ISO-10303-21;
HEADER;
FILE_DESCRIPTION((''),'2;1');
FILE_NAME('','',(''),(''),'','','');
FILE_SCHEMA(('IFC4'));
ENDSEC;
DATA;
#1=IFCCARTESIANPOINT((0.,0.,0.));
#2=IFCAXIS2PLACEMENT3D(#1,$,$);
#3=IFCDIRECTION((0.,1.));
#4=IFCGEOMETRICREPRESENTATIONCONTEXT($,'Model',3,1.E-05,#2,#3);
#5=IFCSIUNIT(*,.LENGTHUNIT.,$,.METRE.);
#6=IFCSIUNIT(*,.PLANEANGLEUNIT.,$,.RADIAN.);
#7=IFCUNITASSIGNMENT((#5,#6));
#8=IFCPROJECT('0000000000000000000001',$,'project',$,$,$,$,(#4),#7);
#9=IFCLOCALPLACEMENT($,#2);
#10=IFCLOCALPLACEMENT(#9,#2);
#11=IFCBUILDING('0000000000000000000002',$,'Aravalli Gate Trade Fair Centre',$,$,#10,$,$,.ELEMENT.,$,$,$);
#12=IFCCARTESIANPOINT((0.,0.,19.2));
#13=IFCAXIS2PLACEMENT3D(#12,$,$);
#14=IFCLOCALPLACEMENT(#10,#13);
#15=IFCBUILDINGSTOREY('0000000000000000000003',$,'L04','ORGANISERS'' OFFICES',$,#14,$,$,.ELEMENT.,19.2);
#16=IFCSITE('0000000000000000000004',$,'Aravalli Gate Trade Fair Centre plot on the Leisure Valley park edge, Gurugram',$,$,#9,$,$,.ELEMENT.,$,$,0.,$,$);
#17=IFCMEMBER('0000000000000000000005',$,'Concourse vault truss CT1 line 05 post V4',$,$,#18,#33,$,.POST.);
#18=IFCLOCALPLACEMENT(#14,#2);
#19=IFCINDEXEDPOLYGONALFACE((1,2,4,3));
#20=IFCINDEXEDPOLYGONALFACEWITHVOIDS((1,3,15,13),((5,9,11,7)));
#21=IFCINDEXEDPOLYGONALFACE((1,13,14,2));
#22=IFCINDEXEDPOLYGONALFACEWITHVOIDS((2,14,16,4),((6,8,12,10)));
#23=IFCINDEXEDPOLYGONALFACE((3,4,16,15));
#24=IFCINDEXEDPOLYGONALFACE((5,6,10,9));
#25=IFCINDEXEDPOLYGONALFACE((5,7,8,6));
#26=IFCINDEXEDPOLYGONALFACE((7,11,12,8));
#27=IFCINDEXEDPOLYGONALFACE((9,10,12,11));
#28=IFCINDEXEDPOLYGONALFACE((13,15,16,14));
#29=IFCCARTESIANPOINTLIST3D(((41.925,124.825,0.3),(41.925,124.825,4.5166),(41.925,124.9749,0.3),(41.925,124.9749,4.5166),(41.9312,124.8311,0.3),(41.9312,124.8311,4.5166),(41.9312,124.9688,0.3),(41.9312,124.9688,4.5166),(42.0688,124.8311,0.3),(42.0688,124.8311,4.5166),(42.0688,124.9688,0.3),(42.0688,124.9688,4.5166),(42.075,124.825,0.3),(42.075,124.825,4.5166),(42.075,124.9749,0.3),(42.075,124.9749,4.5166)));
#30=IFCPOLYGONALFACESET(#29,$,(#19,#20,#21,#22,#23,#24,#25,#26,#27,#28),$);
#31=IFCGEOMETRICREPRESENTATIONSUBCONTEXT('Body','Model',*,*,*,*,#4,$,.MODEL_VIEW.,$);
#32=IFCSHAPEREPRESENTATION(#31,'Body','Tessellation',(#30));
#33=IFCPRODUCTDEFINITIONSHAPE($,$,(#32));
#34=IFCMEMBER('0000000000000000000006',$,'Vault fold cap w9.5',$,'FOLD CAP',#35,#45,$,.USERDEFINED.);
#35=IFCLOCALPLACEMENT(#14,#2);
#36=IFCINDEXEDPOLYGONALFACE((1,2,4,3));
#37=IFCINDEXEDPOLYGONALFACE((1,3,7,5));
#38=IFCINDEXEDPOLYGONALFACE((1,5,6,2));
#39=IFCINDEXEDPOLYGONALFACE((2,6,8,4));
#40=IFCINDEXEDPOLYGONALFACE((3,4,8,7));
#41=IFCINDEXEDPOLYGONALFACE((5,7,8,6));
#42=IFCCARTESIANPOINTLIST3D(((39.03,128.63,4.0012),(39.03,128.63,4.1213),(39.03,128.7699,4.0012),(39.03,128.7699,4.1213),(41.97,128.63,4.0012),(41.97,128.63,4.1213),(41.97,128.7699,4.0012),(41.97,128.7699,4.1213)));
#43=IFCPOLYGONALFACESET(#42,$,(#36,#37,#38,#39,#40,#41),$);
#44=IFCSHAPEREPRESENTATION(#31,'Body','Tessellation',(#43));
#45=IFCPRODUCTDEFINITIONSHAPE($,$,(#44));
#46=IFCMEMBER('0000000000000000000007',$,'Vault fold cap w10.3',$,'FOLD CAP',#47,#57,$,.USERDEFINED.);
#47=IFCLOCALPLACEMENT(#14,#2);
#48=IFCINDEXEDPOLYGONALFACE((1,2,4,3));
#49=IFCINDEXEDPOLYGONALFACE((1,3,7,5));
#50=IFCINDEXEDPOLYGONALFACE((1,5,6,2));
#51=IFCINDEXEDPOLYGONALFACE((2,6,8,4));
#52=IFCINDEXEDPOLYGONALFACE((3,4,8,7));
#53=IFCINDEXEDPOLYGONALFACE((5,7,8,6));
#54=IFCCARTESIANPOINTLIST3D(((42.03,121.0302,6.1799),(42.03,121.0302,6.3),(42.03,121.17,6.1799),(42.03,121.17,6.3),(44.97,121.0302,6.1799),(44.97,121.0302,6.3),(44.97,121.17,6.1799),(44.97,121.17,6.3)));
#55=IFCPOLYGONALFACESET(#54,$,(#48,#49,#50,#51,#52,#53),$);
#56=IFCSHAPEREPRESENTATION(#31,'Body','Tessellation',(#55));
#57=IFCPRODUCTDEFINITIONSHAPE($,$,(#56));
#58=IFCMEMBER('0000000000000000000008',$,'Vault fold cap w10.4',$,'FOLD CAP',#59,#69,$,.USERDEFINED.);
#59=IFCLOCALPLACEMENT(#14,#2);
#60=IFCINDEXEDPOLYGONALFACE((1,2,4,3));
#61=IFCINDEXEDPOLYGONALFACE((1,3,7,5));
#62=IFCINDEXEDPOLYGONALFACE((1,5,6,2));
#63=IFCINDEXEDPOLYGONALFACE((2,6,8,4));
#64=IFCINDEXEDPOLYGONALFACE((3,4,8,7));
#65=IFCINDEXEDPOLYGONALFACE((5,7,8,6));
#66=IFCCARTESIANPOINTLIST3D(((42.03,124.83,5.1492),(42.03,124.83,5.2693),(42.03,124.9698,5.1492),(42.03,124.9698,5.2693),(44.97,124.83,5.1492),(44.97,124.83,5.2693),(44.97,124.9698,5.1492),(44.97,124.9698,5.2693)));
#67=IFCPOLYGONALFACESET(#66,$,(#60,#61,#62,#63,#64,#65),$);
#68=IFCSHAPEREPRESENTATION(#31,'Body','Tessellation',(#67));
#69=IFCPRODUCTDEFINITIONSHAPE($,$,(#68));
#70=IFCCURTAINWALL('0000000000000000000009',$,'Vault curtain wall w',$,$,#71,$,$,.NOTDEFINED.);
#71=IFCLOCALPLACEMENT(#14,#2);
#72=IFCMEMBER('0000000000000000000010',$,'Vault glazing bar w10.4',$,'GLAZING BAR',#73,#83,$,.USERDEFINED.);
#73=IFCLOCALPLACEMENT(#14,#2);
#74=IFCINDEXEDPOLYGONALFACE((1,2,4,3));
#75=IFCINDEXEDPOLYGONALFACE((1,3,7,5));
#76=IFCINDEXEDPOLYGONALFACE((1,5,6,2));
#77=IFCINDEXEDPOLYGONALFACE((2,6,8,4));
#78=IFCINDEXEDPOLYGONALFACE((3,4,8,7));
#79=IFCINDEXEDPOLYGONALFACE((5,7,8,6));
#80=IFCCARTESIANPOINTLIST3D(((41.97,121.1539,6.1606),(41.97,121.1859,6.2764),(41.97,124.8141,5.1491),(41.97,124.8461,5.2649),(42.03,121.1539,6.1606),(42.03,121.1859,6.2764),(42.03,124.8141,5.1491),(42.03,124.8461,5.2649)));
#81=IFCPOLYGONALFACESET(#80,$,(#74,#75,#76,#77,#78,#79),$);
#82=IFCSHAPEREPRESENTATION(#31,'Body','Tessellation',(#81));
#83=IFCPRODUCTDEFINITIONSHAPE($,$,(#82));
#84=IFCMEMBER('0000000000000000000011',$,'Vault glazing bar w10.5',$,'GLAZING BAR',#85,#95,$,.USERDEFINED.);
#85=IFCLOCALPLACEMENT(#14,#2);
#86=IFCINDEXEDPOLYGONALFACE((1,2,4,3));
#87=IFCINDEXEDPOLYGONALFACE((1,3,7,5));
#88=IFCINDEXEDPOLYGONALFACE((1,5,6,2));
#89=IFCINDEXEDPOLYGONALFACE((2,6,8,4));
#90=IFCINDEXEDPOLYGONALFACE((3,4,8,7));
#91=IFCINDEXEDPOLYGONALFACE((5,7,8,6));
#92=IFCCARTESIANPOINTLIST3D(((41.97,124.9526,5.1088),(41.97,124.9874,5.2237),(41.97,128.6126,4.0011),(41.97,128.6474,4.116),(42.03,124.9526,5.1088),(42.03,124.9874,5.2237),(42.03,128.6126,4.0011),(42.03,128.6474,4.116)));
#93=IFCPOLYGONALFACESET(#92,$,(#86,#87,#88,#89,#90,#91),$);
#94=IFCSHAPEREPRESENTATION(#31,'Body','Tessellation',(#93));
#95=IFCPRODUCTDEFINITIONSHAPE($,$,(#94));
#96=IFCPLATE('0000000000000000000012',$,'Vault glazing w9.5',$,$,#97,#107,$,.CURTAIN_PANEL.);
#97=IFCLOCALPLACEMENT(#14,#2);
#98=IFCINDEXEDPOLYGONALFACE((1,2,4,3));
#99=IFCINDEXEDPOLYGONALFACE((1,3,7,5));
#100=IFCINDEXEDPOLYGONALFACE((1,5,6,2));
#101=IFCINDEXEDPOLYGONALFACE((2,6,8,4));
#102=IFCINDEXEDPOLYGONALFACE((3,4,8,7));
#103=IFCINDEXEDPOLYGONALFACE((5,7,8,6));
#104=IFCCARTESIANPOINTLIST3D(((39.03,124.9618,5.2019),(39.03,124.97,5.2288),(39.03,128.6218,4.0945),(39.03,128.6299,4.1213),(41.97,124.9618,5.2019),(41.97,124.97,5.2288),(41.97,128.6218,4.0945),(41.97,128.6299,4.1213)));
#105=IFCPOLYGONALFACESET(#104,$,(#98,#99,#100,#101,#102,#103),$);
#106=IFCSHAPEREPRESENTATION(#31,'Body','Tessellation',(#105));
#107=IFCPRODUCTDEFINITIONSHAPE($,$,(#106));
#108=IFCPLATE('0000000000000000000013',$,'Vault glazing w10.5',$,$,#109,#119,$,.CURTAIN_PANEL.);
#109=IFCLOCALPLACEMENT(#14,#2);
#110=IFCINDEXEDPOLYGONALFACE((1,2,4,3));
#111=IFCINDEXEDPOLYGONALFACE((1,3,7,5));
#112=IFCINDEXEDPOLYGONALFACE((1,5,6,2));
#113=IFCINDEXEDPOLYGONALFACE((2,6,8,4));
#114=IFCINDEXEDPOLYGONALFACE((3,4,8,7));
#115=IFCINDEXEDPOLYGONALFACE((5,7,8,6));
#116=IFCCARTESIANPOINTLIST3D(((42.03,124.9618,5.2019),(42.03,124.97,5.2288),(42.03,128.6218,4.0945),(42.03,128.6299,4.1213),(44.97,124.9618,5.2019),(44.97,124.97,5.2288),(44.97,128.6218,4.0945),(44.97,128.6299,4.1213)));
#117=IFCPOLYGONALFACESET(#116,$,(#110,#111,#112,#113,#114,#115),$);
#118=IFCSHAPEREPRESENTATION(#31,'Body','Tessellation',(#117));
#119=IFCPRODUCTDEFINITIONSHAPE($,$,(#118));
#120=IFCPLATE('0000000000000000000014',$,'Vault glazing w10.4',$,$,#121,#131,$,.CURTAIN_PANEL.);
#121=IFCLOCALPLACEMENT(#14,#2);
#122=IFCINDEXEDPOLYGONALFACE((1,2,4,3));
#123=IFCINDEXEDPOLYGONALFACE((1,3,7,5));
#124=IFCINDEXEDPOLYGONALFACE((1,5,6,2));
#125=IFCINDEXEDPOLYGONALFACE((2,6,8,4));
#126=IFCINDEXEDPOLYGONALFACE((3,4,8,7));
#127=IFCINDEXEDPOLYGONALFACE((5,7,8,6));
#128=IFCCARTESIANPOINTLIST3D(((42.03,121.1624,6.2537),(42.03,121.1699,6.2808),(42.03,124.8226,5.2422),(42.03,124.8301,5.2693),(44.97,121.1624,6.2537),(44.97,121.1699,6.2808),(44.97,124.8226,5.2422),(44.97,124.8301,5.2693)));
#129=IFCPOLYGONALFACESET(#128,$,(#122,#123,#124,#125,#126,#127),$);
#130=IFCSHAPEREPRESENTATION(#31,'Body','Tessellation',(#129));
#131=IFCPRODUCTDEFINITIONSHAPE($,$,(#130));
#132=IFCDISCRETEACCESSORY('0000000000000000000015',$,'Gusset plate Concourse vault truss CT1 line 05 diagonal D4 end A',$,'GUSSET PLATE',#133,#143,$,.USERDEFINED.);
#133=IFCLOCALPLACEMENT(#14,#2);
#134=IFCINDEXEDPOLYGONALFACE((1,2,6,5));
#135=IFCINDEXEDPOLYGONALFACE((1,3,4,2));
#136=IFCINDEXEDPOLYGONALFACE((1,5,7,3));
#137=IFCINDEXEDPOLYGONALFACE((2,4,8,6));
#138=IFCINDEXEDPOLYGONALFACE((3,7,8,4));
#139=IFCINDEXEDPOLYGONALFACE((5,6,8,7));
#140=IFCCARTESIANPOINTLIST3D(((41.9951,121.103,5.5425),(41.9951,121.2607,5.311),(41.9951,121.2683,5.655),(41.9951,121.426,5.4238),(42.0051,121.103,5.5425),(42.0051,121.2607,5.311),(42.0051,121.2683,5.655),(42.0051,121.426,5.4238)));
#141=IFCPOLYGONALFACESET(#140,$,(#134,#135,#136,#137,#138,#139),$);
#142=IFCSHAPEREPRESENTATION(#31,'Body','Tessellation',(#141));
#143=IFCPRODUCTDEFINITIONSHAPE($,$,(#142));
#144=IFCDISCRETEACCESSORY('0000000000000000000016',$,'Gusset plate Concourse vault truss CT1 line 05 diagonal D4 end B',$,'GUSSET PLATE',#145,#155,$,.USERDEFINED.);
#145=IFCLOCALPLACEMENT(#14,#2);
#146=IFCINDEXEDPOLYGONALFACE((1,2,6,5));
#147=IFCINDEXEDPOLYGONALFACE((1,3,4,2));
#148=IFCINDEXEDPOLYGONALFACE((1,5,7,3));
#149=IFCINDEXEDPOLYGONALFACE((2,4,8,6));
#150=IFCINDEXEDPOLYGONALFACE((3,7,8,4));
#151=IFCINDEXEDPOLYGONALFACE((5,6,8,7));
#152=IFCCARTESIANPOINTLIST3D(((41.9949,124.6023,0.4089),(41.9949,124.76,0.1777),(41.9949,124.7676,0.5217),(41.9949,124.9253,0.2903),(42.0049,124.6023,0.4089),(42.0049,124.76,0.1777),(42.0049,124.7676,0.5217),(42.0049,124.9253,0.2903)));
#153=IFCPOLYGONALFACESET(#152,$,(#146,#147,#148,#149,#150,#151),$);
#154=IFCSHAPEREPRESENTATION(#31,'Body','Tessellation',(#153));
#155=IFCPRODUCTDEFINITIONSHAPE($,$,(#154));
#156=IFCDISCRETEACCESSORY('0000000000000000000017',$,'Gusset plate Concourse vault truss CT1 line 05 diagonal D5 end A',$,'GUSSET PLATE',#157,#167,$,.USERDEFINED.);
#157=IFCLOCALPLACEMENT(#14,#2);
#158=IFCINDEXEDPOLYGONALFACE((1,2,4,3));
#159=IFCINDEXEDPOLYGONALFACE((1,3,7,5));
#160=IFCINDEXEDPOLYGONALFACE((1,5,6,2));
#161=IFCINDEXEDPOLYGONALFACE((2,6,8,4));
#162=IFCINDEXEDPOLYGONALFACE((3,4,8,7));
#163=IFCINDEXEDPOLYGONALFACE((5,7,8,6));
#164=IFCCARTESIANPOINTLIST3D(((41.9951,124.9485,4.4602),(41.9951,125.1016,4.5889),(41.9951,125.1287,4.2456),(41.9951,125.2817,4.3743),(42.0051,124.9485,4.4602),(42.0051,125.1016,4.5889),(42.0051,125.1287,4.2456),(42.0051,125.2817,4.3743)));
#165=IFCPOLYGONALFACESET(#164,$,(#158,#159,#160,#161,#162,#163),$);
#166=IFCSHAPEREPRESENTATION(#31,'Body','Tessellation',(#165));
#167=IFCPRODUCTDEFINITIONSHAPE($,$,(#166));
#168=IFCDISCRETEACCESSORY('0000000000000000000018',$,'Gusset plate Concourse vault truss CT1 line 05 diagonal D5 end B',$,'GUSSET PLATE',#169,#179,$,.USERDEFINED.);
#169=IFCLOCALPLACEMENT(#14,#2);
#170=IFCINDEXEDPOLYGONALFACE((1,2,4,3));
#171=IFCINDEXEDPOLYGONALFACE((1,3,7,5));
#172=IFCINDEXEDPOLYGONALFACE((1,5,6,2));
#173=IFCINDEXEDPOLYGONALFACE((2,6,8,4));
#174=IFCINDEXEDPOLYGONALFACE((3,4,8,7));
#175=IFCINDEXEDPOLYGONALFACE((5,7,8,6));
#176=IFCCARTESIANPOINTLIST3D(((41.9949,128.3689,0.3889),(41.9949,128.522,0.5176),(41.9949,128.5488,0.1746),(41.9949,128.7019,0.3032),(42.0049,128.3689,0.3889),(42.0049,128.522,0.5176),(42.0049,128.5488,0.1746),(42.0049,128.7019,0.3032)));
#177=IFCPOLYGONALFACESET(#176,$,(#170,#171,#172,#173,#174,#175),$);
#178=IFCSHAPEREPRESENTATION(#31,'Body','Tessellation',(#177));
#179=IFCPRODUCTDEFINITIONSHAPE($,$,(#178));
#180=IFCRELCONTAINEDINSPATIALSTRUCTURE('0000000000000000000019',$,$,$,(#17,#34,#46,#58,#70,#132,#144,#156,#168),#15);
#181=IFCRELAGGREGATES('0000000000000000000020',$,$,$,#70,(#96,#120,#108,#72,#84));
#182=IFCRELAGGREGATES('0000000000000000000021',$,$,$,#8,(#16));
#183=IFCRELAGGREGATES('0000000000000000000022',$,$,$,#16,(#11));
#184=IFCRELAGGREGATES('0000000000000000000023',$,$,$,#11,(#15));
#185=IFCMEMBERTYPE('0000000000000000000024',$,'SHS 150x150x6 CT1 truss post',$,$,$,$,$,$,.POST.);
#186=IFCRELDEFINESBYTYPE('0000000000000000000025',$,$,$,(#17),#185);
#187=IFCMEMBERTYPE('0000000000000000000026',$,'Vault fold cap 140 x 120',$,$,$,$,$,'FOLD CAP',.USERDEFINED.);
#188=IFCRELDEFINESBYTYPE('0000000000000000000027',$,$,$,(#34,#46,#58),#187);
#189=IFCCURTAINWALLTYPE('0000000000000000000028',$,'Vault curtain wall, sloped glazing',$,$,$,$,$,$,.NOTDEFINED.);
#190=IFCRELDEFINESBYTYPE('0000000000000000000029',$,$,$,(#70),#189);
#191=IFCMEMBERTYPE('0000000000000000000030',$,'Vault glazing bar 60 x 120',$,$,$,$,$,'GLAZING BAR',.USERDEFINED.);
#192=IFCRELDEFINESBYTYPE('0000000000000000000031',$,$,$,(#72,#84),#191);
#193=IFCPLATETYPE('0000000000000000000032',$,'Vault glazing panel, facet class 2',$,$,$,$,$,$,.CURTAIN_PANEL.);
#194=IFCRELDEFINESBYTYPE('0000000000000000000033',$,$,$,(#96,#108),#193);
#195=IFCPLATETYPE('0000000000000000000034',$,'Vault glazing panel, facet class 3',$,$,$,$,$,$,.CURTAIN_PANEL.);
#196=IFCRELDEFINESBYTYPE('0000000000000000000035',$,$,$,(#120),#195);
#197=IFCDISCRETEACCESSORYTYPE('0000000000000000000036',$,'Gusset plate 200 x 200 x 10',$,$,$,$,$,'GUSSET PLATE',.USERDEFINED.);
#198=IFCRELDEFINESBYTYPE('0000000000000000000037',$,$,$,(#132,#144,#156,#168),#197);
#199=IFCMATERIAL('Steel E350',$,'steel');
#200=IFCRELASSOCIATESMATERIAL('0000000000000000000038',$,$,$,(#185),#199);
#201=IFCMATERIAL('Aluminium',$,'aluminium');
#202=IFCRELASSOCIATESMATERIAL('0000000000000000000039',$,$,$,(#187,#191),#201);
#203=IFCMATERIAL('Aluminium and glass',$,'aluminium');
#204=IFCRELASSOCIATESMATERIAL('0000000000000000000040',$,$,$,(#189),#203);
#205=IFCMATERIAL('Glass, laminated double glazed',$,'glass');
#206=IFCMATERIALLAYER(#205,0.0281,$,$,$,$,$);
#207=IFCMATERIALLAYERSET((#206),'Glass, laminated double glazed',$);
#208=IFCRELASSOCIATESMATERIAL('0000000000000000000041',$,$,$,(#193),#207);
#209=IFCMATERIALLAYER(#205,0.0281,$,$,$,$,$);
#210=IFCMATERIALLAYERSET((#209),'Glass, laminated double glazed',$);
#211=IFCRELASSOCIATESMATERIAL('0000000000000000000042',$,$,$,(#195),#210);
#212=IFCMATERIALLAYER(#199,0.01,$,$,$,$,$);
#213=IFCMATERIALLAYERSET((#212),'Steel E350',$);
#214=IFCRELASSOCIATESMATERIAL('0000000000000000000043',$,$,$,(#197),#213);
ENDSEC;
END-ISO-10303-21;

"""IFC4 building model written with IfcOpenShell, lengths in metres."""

from ifc_helpers import new_model, si_unit, direction, frame, origin, origin_2d, place, context, subcontext, project, spatial, polyline, rectangle, hollow_rectangle, outline, extrude, material, layer, layer_set, material_profile, profile_set, type_object, element, aggregate, save


model = new_model("IFC4")

# Units and contexts
model_context = context("Model", 3, precision=1e-05, world=origin(), true_north=direction((0.0, 1.0)))
body_context = subcontext(model_context, "Body", "Model", "MODEL_VIEW")
ifc_project = project(units=[si_unit("LENGTHUNIT", "METRE"), si_unit("PLANEANGLEUNIT", "RADIAN")], contexts=[model_context])

# Site, building, storey
site_placement = place(None, origin())
site = spatial("IfcSite", under=ifc_project, at=site_placement, Name="Aravalli Gate Trade Fair Centre plot on the Leisure Valley park edge, Gurugram", CompositionType="ELEMENT", RefElevation=0.0)
building_placement = place(site_placement, origin())
building = spatial("IfcBuilding", under=site, at=building_placement, Name="Aravalli Gate Trade Fair Centre", CompositionType="ELEMENT")
storey_placement = place(building_placement, frame((0.0, 0.0, 19.2)))
storey = spatial("IfcBuildingStorey", under=building, at=storey_placement, Name="L04", Description="ORGANISERS' OFFICES", CompositionType="ELEMENT", Elevation=19.2)

# Members
ifc_material_1 = material(Name="Steel E350", Category="steel")
ifc_material_profile_1 = material_profile(ifc_material_1, hollow_rectangle(XDim=0.1499, YDim=0.1499, WallThickness=0.0061, at=origin_2d()), Name="SHS 150x150x6")
ifc_profile_set_1 = profile_set([ifc_material_profile_1], Name="Steel E350")
member_type_1 = type_object("IfcMemberType", Name="SHS 150x150x6 CT1 truss post", PredefinedType="POST", material=ifc_profile_set_1)
member_1_placement = place(storey_placement, frame((42.0, 124.8999, 0.3), z_axis=(0.0, 0.0, 1.0), x_axis=(1.0, 0.0, 0.0)))
element("IfcMember", 1, at=member_1_placement, inside=storey, type_object=member_type_1, Name="Concourse vault truss CT1 line 05 post V4", PredefinedType="POST", context=body_context, shape_type="SweptSolid", body=[
    extrude(hollow_rectangle(XDim=0.1499, YDim=0.1499, WallThickness=0.0061, at=origin_2d()), origin(), (0.0, 0.0, 1.0), 4.2166),
])
ifc_material_2 = material(Name="Aluminium", Category="aluminium")
ifc_material_profile_2 = material_profile(ifc_material_2, rectangle(XDim=0.1399, YDim=0.1201, at=origin_2d()), Name="Vault fold cap 140 x 120")
ifc_profile_set_2 = profile_set([ifc_material_profile_2], Name="Aluminium")
member_type_2 = type_object("IfcMemberType", Name="Vault fold cap 140 x 120", ElementType="FOLD CAP", PredefinedType="USERDEFINED", material=ifc_profile_set_2)
for number, where, z_axis, x_axis, name in (
    (2, (39.03, 128.7, 4.0613), (1.0, 0.0, 0.0), (0.0, 1.0, 0.0), "Vault fold cap w9.5"),
    (3, (42.03, 121.1001, 6.24), (1.0, 0.0, 0.0), (0.0, 1.0, 0.0), "Vault fold cap w10.3"),
    (4, (42.03, 124.8999, 5.2092), (1.0, 0.0, 0.0), (0.0, 1.0, 0.0), "Vault fold cap w10.4"),
):
    element("IfcMember", number, at=place(storey_placement, frame(where, z_axis=z_axis, x_axis=x_axis)), inside=storey, type_object=member_type_2, Name=name, ObjectType="FOLD CAP", PredefinedType="USERDEFINED", context=body_context, shape_type="SweptSolid", body=[
        extrude(rectangle(XDim=0.1399, YDim=0.1201, at=origin_2d()), origin(), (0.0, 0.0, 1.0), 2.9399),
    ])

# Curtain wall, members, plates
ifc_material_3 = material(Name="Aluminium and glass", Category="aluminium")
curtain_wall_type = type_object("IfcCurtainWallType", Name="Vault curtain wall, sloped glazing", PredefinedType="NOTDEFINED", material=ifc_material_3)
curtain_wall_placement = place(storey_placement, origin())
curtain_wall = element("IfcCurtainWall", 5, at=curtain_wall_placement, inside=storey, type_object=curtain_wall_type, Name="Vault curtain wall w", PredefinedType="NOTDEFINED")
ifc_material_profile_3 = material_profile(ifc_material_2, rectangle(XDim=0.0601, YDim=0.1201, at=origin_2d()), Name="Vault glazing bar 60 x 120")
ifc_profile_set_3 = profile_set([ifc_material_profile_3], Name="Aluminium")
member_type_3 = type_object("IfcMemberType", Name="Vault glazing bar 60 x 120", ElementType="GLAZING BAR", PredefinedType="USERDEFINED", material=ifc_profile_set_3)
member_2_placement = place(storey_placement, frame((42.0, 121.1699, 6.2185), z_axis=(0.0, 0.963873, -0.266364), x_axis=(-1.0, 0.0, 0.0)))
member_2 = element("IfcMember", 6, at=member_2_placement, type_object=member_type_3, Name="Vault glazing bar w10.4", ObjectType="GLAZING BAR", PredefinedType="USERDEFINED", context=body_context, shape_type="SweptSolid", body=[
    extrude(rectangle(XDim=0.0601, YDim=0.1201, at=origin_2d()), origin(), (0.0, 0.0, 1.0), 3.7974),
])
member_3_placement = place(storey_placement, frame((42.0, 124.97, 5.1663), z_axis=(0.0, 0.957126, -0.289672), x_axis=(-1.0, 0.0, 0.0)))
member_3 = element("IfcMember", 7, at=member_3_placement, type_object=member_type_3, Name="Vault glazing bar w10.5", ObjectType="GLAZING BAR", PredefinedType="USERDEFINED", context=body_context, shape_type="SweptSolid", body=[
    extrude(rectangle(XDim=0.0601, YDim=0.1201, at=origin_2d()), origin(), (0.0, 0.0, 1.0), 3.824),
])
ifc_material_4 = material(Name="Glass, laminated double glazed", Category="glass")
ifc_layer_1 = layer(ifc_material_4, 0.0281)
ifc_layer_set_1 = layer_set([ifc_layer_1], Name="Glass, laminated double glazed")
plate_type_1 = type_object("IfcPlateType", Name="Vault glazing panel, facet class 2", PredefinedType="CURTAIN_PANEL", material=ifc_layer_set_1)
plate_1_placement = place(storey_placement, frame((39.03, 124.97, 5.2288), z_axis=(0.0, 0.289614, 0.957144), x_axis=(1.0, 0.0, 0.0)))
plate_1 = element("IfcPlate", 8, at=plate_1_placement, type_object=plate_type_1, Name="Vault glazing w9.5", PredefinedType="CURTAIN_PANEL", context=body_context, shape_type="SweptSolid", body=[
    extrude(outline(polyline([(0.0, 0.0), (2.9399, 0.0), (2.9399, 3.8238), (0.0, 3.8238), (0.0, 0.0)])), origin(), (0.0, 0.0, -1.0), 0.0281),
])
plate_2_placement = place(storey_placement, frame((42.03, 124.97, 5.2288), z_axis=(0.0, 0.289614, 0.957144), x_axis=(1.0, 0.0, 0.0)))
plate_2 = element("IfcPlate", 9, at=plate_2_placement, type_object=plate_type_1, Name="Vault glazing w10.5", PredefinedType="CURTAIN_PANEL", context=body_context, shape_type="SweptSolid", body=[
    extrude(outline(polyline([(0.0, 0.0), (2.9399, 0.0), (2.9399, 3.8238), (0.0, 3.8238), (0.0, 0.0)])), origin(), (0.0, 0.0, -1.0), 0.0281),
])
ifc_layer_2 = layer(ifc_material_4, 0.0281)
ifc_layer_set_2 = layer_set([ifc_layer_2], Name="Glass, laminated double glazed")
plate_type_2 = type_object("IfcPlateType", Name="Vault glazing panel, facet class 3", PredefinedType="CURTAIN_PANEL", material=ifc_layer_set_2)
plate_3_placement = place(storey_placement, frame((42.03, 121.1699, 6.2808), z_axis=(0.0, 0.266364, 0.963873), x_axis=(1.0, 0.0, 0.0)))
plate_3 = element("IfcPlate", 10, at=plate_3_placement, type_object=plate_type_2, Name="Vault glazing w10.4", PredefinedType="CURTAIN_PANEL", context=body_context, shape_type="SweptSolid", body=[
    extrude(outline(polyline([(0.0, 0.0), (2.9399, 0.0), (2.9399, 3.7973), (0.0, 3.7973), (0.0, 0.0)])), origin(), (0.0, 0.0, -1.0), 0.0281),
])
aggregate(curtain_wall, [plate_1, plate_3, plate_2, member_2, member_3])

# Discrete accessories
ifc_layer_3 = layer(ifc_material_1, 0.01)
ifc_layer_set_3 = layer_set([ifc_layer_3], Name="Steel E350")
discrete_accessory_type = type_object("IfcDiscreteAccessoryType", Name="Gusset plate 200 x 200 x 10", ElementType="GUSSET PLATE", PredefinedType="USERDEFINED", material=ifc_layer_set_3)
discrete_accessory_1_placement = place(storey_placement, frame((41.9951, 121.2607, 5.311), z_axis=(-1.0, 0.0, 0.0), x_axis=(0.0, -0.56312, 0.826375)))
element("IfcDiscreteAccessory", 11, at=discrete_accessory_1_placement, inside=storey, type_object=discrete_accessory_type, Name="Gusset plate Concourse vault truss CT1 line 05 diagonal D4 end A", ObjectType="GUSSET PLATE", PredefinedType="USERDEFINED", context=body_context, shape_type="SweptSolid", body=[
    extrude(outline(polyline([(0.0, 0.0), (0.2801, 0.0), (0.28, 0.2), (0.0001, 0.2001), (0.0, 0.0)])), origin(), (0.0, 0.0, -1.0), 0.01),
])
discrete_accessory_2_placement = place(storey_placement, frame((42.0049, 124.6023, 0.4089), z_axis=(1.0, 0.0, 0.0), x_axis=(0.0, 0.563526, -0.826098)))
element("IfcDiscreteAccessory", 12, at=discrete_accessory_2_placement, inside=storey, type_object=discrete_accessory_type, Name="Gusset plate Concourse vault truss CT1 line 05 diagonal D4 end B", ObjectType="GUSSET PLATE", PredefinedType="USERDEFINED", context=body_context, shape_type="SweptSolid", body=[
    extrude(outline(polyline([(0.0, 0.0), (0.2799, 0.0), (0.28, 0.2), (0.0, 0.2001), (0.0, 0.0)])), origin(), (0.0, 0.0, -1.0), 0.01),
])
discrete_accessory_3_placement = place(storey_placement, frame((41.9951, 125.1287, 4.2456), z_axis=(-1.0, 0.0, 0.0), x_axis=(0.0, -0.643008, 0.765859)))
element("IfcDiscreteAccessory", 13, at=discrete_accessory_3_placement, inside=storey, type_object=discrete_accessory_type, Name="Gusset plate Concourse vault truss CT1 line 05 diagonal D5 end A", ObjectType="GUSSET PLATE", PredefinedType="USERDEFINED", context=body_context, shape_type="SweptSolid", body=[
    extrude(outline(polyline([(0.0, 0.0), (0.2802, 0.0), (0.2803, 0.2), (0.0001, 0.2), (0.0, 0.0)])), origin(), (0.0, 0.0, -1.0), 0.01),
])
discrete_accessory_4_placement = place(storey_placement, frame((42.0049, 128.3689, 0.3889), z_axis=(1.0, 0.0, 0.0), x_axis=(0.0, 0.642926, -0.765928)))
element("IfcDiscreteAccessory", 14, at=discrete_accessory_4_placement, inside=storey, type_object=discrete_accessory_type, Name="Gusset plate Concourse vault truss CT1 line 05 diagonal D5 end B", ObjectType="GUSSET PLATE", PredefinedType="USERDEFINED", context=body_context, shape_type="SweptSolid", body=[
    extrude(outline(polyline([(0.0, 0.0), (0.2799, 0.0), (0.2797, 0.2), (-0.0001, 0.2), (0.0, 0.0)])), origin(), (0.0, 0.0, -1.0), 0.01),
])

save(model, "model.ifc")
